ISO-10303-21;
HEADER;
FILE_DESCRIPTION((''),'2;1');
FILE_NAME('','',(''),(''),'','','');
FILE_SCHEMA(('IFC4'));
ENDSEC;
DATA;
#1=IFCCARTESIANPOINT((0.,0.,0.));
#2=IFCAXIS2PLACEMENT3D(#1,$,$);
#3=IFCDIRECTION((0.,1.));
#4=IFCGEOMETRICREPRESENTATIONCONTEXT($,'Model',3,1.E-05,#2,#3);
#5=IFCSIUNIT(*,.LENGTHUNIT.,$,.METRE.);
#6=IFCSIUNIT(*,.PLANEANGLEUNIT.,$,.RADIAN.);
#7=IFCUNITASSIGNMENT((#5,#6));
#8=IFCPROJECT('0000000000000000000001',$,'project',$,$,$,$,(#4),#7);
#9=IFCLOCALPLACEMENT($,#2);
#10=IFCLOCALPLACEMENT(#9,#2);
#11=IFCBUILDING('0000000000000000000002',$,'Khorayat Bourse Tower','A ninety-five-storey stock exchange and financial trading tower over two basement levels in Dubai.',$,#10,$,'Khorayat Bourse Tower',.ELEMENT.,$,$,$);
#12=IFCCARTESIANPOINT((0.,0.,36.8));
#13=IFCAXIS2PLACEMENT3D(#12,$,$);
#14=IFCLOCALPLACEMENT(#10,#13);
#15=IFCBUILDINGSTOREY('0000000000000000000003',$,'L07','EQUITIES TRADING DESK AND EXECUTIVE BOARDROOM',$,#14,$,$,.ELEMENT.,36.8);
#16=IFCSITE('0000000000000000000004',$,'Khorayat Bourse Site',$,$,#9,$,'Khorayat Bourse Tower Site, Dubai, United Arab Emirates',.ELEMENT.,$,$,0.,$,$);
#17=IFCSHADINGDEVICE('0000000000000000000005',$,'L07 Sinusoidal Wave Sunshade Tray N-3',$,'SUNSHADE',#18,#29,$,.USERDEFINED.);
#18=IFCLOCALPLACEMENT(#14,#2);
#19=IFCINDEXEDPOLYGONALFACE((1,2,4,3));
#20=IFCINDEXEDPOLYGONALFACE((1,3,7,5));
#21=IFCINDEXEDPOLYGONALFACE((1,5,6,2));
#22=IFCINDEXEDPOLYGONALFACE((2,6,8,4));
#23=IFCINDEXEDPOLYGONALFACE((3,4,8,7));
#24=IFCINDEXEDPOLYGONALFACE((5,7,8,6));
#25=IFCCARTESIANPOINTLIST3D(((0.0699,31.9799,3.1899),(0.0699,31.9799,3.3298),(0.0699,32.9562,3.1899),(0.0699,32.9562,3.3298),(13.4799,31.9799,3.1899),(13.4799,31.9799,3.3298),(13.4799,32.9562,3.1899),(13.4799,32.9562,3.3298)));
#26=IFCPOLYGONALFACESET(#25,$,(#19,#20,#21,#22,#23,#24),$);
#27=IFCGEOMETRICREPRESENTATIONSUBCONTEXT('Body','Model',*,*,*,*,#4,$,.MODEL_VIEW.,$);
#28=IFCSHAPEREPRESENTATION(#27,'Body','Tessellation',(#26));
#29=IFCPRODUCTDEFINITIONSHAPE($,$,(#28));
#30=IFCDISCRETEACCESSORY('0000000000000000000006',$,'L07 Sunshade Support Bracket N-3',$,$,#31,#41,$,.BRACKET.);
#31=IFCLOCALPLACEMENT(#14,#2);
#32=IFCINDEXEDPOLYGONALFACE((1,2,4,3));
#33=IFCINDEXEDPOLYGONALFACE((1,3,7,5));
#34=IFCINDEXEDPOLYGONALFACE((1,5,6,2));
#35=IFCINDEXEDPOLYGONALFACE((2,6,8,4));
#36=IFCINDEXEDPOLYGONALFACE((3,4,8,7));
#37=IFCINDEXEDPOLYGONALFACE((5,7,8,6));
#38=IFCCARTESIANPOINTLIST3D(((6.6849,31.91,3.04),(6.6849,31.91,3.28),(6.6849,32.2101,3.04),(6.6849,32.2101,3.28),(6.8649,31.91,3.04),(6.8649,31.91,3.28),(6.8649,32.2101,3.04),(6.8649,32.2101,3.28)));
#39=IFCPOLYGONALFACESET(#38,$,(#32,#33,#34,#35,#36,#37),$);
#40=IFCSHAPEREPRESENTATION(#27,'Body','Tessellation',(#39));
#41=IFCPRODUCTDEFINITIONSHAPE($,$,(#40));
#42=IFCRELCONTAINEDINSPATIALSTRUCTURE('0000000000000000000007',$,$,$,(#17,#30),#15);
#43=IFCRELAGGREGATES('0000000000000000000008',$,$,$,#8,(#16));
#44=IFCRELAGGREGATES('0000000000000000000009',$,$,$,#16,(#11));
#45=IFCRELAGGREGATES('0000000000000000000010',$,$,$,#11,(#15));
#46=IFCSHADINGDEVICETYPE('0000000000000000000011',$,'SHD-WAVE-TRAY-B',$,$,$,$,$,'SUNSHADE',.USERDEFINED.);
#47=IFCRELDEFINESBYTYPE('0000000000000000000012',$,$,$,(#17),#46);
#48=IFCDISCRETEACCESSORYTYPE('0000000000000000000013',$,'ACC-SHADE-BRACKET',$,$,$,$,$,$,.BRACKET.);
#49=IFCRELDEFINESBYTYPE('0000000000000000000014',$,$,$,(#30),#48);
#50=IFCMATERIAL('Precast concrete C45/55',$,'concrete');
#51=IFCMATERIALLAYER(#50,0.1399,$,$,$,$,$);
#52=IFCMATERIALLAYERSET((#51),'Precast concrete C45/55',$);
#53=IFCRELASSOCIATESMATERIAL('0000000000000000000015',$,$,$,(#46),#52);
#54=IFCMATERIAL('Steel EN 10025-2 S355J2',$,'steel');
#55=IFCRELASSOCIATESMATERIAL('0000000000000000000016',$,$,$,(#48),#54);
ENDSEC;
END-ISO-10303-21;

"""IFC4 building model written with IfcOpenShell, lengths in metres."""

from ifc_helpers import new_model, si_unit, direction, frame, origin, origin_2d, place, context, subcontext, project, spatial, rectangle, extrude, source, transform, mapped, material, layer, layer_set, type_object, element, save


model = new_model("IFC4")

# Units and contexts
model_context = context("Model", 3, precision=1e-05, world=origin(), true_north=direction((0.0, 1.0)))
body_context = subcontext(model_context, "Body", "Model", "MODEL_VIEW")
ifc_project = project(units=[si_unit("LENGTHUNIT", "METRE"), si_unit("PLANEANGLEUNIT", "RADIAN")], contexts=[model_context])

# Site, building, storey
site_placement = place(None, origin())
site = spatial("IfcSite", under=ifc_project, at=site_placement, Name="Khorayat Bourse Site", LongName="Khorayat Bourse Tower Site, Dubai, United Arab Emirates", CompositionType="ELEMENT", RefElevation=0.0)
building_placement = place(site_placement, origin())
building = spatial("IfcBuilding", under=site, at=building_placement, Name="Khorayat Bourse Tower", Description="A ninety-five-storey stock exchange and financial trading tower over two basement levels in Dubai.", LongName="Khorayat Bourse Tower", CompositionType="ELEMENT")
storey_placement = place(building_placement, frame((0.0, 0.0, 36.8)))
storey = spatial("IfcBuildingStorey", under=building, at=storey_placement, Name="L07", Description="EQUITIES TRADING DESK AND EXECUTIVE BOARDROOM", CompositionType="ELEMENT", Elevation=36.8)

# Shared definitions
ifc_material_1 = material(Name="Steel EN 10025-2 S355J2", Category="steel")

# Shading device
ifc_material_2 = material(Name="Precast concrete C45/55", Category="concrete")
ifc_layer_1 = layer(ifc_material_2, 0.1399)
ifc_layer_set_1 = layer_set([ifc_layer_1], Name="Precast concrete C45/55")
shading_device_type = type_object("IfcShadingDeviceType", Name="SHD-WAVE-TRAY-B", ElementType="SUNSHADE", PredefinedType="USERDEFINED", material=ifc_layer_set_1)
shared_shape_1 = source(origin(), body_context, "Body", "SweptSolid", [
    extrude(rectangle(XDim=13.4099, YDim=0.9763, at=origin_2d()), origin(), (0.0, 0.0, 1.0), 0.1399),
])
shading_device_placement = place(storey_placement, frame((6.7749, 32.468, 3.1899), z_axis=(0.0, 0.0, 1.0), x_axis=(1.0, 0.0, 0.0)))
element("IfcShadingDevice", 1, at=shading_device_placement, inside=storey, type_object=shading_device_type, Name="L07 Sinusoidal Wave Sunshade Tray N-3", ObjectType="SUNSHADE", PredefinedType="USERDEFINED", context=body_context, shape_type="MappedRepresentation", body=[
    mapped(shared_shape_1, transform((0.0, 0.0, 0.0), scale=1.0)),
])

# Discrete accessory
discrete_accessory_type = type_object("IfcDiscreteAccessoryType", Name="ACC-SHADE-BRACKET", PredefinedType="BRACKET", material=ifc_material_1)
shared_shape_2 = source(origin(), body_context, "Body", "SweptSolid", [
    extrude(rectangle(XDim=0.1799, YDim=0.3, at=origin_2d()), origin(), (0.0, 0.0, 1.0), 0.24),
])
discrete_accessory_placement = place(storey_placement, frame((6.7749, 32.0601, 3.04), z_axis=(0.0, 0.0, 1.0), x_axis=(1.0, 0.0, 0.0)))
element("IfcDiscreteAccessory", 2, at=discrete_accessory_placement, inside=storey, type_object=discrete_accessory_type, Name="L07 Sunshade Support Bracket N-3", PredefinedType="BRACKET", context=body_context, shape_type="MappedRepresentation", body=[
    mapped(shared_shape_2, transform((0.0, 0.0, 0.0), scale=1.0)),
])

save(model, "model.ifc")
